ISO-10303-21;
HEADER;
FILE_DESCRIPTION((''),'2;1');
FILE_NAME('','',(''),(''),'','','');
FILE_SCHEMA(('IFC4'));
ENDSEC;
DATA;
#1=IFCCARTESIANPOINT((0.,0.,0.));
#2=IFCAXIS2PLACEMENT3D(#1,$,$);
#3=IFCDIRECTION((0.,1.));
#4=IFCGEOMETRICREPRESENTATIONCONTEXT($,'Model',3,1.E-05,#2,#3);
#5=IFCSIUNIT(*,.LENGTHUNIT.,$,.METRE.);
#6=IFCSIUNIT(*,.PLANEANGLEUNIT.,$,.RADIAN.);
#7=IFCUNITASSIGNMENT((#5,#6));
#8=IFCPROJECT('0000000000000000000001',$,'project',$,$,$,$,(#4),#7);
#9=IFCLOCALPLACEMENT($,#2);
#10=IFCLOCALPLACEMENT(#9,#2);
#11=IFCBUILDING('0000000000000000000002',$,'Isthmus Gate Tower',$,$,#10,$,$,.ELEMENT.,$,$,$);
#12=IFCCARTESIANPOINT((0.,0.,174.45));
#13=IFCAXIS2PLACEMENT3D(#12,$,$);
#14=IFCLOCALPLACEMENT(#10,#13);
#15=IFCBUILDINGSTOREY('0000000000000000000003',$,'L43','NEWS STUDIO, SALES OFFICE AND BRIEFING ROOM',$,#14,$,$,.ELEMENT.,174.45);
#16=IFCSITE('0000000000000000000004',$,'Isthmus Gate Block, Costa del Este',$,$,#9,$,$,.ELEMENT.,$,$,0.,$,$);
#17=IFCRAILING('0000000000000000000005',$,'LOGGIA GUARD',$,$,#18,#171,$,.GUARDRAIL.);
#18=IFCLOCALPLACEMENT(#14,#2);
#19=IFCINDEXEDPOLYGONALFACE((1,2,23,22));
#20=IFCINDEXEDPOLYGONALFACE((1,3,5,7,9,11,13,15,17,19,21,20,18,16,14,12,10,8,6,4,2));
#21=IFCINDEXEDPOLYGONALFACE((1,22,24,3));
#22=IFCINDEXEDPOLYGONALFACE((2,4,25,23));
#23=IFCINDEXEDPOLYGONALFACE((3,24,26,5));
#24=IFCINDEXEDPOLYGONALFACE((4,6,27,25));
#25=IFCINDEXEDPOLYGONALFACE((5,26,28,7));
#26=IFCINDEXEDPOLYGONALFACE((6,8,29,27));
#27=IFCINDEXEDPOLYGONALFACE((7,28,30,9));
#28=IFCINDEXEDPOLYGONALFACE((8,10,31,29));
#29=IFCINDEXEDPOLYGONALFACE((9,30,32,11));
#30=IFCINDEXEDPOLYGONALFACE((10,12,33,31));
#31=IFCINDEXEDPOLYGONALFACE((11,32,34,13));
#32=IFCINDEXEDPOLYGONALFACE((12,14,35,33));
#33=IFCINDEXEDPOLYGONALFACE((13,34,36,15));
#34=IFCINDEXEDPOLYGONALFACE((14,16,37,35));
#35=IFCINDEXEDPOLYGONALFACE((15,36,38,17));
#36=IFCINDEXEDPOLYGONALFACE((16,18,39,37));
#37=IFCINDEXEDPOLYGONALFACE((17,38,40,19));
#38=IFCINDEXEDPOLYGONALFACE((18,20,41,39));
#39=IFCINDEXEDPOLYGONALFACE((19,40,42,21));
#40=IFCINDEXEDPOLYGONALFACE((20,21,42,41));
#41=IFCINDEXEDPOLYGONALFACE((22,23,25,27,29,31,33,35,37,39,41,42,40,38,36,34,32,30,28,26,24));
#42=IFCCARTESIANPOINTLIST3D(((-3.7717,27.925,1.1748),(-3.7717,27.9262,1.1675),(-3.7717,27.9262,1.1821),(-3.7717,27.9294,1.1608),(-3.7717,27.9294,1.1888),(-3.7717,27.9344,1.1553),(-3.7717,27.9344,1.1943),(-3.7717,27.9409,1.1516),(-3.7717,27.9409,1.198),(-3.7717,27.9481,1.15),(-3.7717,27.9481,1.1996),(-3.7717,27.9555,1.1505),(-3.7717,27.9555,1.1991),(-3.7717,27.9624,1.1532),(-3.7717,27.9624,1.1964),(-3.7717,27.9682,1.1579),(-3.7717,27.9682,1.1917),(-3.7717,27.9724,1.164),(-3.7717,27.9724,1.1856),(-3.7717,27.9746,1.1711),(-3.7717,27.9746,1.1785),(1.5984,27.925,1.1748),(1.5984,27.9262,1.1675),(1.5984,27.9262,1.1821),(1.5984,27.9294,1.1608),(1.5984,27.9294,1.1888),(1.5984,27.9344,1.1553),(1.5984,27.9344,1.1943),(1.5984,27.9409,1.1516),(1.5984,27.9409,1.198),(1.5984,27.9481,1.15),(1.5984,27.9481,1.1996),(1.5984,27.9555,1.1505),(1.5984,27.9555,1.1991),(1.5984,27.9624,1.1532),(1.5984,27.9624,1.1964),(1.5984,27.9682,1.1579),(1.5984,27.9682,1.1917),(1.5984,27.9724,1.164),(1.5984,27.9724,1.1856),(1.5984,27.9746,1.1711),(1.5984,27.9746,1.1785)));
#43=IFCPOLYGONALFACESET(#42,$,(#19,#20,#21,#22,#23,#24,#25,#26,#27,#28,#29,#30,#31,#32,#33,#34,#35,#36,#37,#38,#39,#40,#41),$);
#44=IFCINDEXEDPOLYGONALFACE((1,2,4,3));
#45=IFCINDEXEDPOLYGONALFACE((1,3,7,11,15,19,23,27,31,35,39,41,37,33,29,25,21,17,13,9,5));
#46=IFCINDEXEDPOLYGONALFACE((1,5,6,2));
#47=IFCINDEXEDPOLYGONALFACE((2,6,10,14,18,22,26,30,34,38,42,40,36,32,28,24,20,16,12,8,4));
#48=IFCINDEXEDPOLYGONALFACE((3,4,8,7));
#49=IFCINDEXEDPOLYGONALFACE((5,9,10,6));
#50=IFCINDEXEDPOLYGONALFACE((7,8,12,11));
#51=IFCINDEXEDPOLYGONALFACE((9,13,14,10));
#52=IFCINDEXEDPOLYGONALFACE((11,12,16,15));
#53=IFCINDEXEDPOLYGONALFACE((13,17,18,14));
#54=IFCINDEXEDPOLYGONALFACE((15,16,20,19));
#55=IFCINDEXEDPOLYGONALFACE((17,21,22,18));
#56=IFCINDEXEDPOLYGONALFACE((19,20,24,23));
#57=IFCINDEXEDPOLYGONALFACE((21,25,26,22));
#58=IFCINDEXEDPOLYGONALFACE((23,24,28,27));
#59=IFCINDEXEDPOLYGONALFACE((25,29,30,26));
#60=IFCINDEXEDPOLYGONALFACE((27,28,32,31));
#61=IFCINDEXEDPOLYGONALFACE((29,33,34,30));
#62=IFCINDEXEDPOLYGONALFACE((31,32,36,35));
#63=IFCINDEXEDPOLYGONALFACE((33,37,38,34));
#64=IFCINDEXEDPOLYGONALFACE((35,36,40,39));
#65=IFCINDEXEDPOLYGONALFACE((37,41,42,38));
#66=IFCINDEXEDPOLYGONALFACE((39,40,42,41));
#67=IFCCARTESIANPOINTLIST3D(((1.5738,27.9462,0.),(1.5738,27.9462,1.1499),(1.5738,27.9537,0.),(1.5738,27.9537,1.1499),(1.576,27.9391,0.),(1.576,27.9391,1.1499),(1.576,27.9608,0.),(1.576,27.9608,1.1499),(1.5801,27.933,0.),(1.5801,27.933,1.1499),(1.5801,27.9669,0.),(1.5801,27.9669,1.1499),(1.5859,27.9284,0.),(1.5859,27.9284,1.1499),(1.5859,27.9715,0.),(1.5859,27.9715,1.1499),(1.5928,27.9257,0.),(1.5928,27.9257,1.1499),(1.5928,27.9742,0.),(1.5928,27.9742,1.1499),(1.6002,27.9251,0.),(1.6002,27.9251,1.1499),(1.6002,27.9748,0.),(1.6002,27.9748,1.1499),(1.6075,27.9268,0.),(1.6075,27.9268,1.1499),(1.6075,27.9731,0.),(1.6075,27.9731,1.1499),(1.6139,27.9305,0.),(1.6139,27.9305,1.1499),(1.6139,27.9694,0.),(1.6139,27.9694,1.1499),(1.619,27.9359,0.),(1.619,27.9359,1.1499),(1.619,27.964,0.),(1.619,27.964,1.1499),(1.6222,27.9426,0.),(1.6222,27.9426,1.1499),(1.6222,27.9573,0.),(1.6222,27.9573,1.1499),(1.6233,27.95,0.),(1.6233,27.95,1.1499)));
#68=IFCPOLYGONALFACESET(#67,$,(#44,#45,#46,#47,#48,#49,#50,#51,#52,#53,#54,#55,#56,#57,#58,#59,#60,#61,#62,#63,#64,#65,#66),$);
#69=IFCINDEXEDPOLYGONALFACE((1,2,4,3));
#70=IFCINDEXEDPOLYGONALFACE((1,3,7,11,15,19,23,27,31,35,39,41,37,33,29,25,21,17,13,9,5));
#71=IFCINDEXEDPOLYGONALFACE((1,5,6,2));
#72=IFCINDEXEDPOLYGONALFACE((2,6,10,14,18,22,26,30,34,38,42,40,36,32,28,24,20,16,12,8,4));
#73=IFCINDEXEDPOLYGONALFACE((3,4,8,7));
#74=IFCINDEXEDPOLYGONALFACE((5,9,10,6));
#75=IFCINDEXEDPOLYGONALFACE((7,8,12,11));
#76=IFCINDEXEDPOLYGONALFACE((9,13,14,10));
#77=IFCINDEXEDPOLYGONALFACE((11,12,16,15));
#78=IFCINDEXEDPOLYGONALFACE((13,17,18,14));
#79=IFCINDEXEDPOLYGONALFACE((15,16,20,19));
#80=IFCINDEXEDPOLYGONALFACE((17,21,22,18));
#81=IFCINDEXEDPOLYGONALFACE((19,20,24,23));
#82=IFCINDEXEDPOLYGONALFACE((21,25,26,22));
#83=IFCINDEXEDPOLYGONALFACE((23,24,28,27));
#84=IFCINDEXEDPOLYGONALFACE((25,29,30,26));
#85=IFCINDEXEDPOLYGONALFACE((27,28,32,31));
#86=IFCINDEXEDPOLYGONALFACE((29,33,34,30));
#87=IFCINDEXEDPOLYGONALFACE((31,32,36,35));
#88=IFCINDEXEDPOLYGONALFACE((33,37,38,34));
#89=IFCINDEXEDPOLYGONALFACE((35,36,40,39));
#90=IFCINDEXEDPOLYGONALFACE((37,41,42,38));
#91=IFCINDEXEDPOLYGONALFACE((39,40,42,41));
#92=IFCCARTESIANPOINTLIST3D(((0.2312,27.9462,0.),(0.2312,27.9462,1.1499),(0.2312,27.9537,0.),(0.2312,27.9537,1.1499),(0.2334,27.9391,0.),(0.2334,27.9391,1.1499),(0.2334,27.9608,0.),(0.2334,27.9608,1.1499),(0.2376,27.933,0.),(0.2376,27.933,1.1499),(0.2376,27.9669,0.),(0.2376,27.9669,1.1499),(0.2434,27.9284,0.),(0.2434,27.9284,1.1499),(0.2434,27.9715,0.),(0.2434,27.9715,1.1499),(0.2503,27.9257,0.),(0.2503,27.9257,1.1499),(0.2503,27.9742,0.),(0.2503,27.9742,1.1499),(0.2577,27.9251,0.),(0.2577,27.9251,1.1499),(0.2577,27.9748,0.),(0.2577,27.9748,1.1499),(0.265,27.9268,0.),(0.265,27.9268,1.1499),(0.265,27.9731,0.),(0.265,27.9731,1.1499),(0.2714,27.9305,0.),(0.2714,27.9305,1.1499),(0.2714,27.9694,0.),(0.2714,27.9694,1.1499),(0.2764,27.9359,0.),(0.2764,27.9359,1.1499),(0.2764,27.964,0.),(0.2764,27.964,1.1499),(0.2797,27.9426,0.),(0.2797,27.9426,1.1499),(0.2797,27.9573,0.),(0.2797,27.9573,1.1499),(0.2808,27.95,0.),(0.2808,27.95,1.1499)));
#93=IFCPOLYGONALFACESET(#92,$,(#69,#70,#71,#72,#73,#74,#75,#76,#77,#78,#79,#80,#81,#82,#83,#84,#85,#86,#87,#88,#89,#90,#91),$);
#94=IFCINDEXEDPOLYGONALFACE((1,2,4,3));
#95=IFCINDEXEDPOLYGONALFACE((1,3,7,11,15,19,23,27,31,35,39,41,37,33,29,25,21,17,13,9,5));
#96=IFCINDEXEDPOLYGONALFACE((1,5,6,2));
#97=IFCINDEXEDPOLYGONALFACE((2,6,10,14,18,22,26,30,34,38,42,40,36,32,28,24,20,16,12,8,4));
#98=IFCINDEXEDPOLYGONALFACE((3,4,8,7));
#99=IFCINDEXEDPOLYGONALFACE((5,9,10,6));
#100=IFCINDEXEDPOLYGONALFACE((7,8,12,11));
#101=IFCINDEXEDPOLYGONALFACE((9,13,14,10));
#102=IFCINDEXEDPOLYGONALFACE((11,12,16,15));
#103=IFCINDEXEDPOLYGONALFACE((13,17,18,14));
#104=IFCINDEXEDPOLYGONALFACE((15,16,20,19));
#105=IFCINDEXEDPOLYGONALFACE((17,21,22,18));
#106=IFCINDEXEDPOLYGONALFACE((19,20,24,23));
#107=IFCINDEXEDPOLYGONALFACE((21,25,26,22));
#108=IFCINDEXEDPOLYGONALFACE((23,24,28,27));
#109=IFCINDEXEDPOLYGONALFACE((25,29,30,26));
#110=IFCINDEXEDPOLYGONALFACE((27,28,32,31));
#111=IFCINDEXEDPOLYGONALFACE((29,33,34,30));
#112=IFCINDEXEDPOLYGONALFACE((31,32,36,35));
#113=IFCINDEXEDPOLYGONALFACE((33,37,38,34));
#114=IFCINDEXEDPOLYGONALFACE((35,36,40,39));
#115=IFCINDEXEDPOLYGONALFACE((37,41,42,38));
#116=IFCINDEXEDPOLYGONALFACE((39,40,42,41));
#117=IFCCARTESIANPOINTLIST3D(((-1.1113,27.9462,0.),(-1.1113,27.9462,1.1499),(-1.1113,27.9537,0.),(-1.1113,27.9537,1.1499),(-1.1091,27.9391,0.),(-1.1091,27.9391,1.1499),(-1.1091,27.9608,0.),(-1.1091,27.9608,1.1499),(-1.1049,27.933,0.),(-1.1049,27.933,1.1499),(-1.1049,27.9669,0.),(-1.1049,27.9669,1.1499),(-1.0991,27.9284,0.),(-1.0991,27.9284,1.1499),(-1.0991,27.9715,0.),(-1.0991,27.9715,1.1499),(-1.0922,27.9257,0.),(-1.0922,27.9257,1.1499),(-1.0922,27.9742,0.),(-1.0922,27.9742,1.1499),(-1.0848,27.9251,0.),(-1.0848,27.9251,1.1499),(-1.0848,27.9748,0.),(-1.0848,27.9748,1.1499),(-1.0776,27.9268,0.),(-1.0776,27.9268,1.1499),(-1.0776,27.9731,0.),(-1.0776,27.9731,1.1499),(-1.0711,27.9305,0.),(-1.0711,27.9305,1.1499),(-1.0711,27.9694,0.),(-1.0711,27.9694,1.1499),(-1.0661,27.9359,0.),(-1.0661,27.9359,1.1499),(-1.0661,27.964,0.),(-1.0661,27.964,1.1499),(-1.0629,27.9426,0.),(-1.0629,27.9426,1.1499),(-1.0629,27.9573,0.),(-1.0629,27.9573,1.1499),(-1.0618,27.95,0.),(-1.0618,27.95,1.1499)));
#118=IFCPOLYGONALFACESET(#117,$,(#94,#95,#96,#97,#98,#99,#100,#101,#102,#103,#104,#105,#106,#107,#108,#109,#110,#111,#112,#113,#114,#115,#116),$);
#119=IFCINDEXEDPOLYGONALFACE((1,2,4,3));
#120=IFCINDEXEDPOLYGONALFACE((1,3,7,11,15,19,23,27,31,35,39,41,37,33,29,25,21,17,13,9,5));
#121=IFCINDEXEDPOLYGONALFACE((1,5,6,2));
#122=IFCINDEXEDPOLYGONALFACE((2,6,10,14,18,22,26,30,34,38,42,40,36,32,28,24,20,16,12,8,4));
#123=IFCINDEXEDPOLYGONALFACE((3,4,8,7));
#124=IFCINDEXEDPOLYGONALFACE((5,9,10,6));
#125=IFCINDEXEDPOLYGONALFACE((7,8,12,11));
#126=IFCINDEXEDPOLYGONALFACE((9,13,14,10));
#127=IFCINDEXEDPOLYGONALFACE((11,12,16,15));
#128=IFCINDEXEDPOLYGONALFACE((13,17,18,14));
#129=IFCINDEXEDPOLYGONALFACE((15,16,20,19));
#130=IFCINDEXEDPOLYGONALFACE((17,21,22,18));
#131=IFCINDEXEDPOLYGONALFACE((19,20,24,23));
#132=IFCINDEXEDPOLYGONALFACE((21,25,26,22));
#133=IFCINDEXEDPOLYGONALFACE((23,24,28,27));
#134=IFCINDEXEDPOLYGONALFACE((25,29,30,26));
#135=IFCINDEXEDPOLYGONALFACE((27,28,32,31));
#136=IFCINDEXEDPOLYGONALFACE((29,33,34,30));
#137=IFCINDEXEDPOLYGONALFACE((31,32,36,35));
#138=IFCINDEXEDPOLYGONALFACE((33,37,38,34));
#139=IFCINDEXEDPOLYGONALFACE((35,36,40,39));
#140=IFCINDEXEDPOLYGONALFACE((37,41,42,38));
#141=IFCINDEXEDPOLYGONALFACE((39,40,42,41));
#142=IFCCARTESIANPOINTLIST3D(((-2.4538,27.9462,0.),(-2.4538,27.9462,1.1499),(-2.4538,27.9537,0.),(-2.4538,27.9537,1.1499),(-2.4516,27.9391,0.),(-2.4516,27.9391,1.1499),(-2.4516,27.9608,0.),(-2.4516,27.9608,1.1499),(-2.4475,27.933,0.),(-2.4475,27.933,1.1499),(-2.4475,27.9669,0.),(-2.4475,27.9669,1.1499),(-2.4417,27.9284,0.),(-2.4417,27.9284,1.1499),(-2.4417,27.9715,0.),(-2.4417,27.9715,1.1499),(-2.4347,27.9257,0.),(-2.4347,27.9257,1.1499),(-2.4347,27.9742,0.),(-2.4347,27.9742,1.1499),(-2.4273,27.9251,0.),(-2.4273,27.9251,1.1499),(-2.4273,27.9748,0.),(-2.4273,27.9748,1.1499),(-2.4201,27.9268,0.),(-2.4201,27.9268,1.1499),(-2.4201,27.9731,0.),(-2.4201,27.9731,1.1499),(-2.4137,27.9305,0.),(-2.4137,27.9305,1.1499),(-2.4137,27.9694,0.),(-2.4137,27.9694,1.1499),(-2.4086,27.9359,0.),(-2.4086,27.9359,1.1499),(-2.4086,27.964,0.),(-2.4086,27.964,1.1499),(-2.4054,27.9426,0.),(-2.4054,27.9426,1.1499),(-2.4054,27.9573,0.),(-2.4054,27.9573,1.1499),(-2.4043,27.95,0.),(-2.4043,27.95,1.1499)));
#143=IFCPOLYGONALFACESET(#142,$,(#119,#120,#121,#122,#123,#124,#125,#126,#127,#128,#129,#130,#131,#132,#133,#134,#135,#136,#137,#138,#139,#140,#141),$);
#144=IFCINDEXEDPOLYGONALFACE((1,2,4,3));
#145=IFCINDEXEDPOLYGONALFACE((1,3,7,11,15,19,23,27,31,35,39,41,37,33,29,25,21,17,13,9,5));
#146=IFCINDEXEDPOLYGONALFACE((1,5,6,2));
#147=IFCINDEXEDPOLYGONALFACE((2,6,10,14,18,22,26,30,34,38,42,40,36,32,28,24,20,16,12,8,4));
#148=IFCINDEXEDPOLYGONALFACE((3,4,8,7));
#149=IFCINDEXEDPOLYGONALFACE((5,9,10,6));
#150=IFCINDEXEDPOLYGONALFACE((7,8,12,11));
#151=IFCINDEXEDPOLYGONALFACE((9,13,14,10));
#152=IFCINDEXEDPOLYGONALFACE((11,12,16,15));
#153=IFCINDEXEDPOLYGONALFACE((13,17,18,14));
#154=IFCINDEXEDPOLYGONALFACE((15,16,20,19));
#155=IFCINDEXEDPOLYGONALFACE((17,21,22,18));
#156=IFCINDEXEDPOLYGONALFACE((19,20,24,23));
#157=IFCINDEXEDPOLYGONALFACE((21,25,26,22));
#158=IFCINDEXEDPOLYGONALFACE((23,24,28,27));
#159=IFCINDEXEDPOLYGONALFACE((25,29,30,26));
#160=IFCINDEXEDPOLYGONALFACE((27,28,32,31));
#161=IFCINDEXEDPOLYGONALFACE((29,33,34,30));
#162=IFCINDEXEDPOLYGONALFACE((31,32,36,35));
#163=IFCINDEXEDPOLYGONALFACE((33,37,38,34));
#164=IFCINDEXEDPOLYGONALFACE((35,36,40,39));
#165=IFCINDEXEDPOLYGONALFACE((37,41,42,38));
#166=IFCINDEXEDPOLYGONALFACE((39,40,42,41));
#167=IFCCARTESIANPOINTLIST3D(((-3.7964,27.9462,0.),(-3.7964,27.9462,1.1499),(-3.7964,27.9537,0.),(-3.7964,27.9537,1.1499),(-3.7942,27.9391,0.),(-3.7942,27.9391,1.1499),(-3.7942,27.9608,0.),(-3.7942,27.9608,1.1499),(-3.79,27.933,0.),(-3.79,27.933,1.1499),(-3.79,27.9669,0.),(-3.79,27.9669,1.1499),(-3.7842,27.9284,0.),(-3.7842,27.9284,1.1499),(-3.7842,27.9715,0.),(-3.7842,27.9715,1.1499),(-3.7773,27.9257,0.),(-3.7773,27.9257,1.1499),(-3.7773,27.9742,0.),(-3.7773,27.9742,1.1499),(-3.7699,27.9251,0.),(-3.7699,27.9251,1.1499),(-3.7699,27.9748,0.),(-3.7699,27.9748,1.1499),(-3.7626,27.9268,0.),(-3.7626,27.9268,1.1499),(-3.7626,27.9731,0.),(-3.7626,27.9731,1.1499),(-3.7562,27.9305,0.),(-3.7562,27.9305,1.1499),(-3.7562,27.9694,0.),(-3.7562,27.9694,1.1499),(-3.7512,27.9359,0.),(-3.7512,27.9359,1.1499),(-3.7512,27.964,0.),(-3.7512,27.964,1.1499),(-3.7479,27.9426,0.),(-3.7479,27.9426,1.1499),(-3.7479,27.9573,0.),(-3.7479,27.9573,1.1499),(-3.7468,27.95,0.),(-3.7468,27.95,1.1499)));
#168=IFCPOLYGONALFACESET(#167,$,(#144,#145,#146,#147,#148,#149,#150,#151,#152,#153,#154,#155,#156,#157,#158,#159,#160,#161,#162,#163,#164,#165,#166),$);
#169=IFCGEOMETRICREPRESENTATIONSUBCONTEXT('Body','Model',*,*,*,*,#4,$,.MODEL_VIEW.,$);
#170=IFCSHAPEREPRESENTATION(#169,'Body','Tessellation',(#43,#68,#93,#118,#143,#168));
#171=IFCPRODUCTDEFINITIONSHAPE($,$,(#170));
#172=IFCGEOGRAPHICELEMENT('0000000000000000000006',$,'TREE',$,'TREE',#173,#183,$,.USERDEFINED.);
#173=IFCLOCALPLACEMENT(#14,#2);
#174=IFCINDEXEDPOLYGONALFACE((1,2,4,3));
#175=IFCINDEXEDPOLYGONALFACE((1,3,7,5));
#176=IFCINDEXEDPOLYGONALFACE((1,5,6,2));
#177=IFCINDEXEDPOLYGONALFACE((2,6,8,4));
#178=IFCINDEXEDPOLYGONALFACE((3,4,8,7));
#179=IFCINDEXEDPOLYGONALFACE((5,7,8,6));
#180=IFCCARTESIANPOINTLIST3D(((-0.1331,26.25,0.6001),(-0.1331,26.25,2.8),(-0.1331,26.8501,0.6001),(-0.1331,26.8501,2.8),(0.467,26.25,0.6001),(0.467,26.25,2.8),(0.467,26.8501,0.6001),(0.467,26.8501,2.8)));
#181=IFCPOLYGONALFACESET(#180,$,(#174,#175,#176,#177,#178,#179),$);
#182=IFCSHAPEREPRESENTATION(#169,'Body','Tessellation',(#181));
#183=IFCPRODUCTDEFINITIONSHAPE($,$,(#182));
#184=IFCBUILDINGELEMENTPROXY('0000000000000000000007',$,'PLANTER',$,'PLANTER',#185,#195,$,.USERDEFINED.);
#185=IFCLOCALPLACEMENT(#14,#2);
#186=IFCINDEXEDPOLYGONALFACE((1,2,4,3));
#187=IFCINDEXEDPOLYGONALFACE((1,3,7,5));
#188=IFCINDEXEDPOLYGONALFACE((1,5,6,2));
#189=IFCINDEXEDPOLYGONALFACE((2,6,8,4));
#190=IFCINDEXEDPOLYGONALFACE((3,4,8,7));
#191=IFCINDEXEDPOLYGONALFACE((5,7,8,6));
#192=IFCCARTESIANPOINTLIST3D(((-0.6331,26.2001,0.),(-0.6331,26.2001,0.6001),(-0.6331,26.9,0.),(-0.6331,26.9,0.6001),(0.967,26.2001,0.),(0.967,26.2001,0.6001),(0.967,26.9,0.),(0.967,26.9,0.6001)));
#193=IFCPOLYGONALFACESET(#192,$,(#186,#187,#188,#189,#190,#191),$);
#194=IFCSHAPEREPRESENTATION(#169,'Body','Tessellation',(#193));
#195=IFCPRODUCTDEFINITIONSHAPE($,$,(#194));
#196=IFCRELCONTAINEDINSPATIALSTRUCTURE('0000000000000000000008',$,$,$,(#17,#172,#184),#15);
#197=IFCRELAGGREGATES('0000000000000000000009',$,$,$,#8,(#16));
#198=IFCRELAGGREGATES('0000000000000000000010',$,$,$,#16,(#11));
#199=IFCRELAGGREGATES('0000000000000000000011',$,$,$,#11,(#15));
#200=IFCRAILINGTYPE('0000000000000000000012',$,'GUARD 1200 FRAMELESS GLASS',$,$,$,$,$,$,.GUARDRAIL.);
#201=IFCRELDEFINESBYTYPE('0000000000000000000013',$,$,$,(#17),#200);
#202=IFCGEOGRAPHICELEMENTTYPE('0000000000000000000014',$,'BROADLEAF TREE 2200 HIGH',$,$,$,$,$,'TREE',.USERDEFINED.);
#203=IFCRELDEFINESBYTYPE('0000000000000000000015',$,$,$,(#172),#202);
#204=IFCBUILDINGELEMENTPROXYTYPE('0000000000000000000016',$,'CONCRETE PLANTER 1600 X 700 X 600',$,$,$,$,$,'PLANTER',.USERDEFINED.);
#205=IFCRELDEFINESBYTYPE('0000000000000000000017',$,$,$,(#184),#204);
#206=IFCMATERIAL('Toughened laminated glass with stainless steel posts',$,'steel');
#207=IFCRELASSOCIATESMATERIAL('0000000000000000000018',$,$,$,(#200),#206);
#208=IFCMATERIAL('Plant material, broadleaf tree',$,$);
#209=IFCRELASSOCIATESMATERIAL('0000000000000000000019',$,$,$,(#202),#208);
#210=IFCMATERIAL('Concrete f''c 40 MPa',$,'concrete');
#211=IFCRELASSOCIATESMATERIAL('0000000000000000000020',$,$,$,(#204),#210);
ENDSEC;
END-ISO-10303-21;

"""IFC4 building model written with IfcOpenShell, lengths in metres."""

from ifc_helpers import new_model, si_unit, direction, frame, origin, origin_2d, place, context, subcontext, project, spatial, rectangle, circle, extrude, material, type_object, element, save


model = new_model("IFC4")

# Units and contexts
model_context = context("Model", 3, precision=1e-05, world=origin(), true_north=direction((0.0, 1.0)))
body_context = subcontext(model_context, "Body", "Model", "MODEL_VIEW")
ifc_project = project(units=[si_unit("LENGTHUNIT", "METRE"), si_unit("PLANEANGLEUNIT", "RADIAN")], contexts=[model_context])

# Site, building, storey
site_placement = place(None, origin())
site = spatial("IfcSite", under=ifc_project, at=site_placement, Name="Isthmus Gate Block, Costa del Este", CompositionType="ELEMENT", RefElevation=0.0)
building_placement = place(site_placement, origin())
building = spatial("IfcBuilding", under=site, at=building_placement, Name="Isthmus Gate Tower", CompositionType="ELEMENT")
storey_placement = place(building_placement, frame((0.0, 0.0, 174.45)))
storey = spatial("IfcBuildingStorey", under=building, at=storey_placement, Name="L43", Description="NEWS STUDIO, SALES OFFICE AND BRIEFING ROOM", CompositionType="ELEMENT", Elevation=174.45)

# Railing
ifc_material_1 = material(Name="Toughened laminated glass with stainless steel posts", Category="steel")
railing_type = type_object("IfcRailingType", Name="GUARD 1200 FRAMELESS GLASS", PredefinedType="GUARDRAIL", material=ifc_material_1)
railing_placement = place(storey_placement, frame((1.5984, 27.95, 0.0)))
element("IfcRailing", 1, at=railing_placement, inside=storey, type_object=railing_type, Name="LOGGIA GUARD", PredefinedType="GUARDRAIL", context=body_context, shape_type="SweptSolid", body=[
    extrude(circle(Radius=0.0249, at=origin_2d()), frame((0.0, 0.0, 1.1748), z_axis=(-1.0, 0.0, 0.0), x_axis=(0.0, -1.0, 0.0)), (0.0, 0.0, 1.0), 5.3701),
    extrude(circle(Radius=0.0249, at=origin_2d()), origin(), (0.0, 0.0, 1.0), 1.1499),
    extrude(circle(Radius=0.0249, at=origin_2d()), frame((-1.3425, 0.0, 0.0)), (0.0, 0.0, 1.0), 1.1499),
    extrude(circle(Radius=0.0249, at=origin_2d()), frame((-2.6851, 0.0, 0.0)), (0.0, 0.0, 1.0), 1.1499),
    extrude(circle(Radius=0.0249, at=origin_2d()), frame((-4.0276, 0.0, 0.0)), (0.0, 0.0, 1.0), 1.1499),
    extrude(circle(Radius=0.0249, at=origin_2d()), frame((-5.3701, 0.0, 0.0)), (0.0, 0.0, 1.0), 1.1499),
])

# Geographic element
ifc_material_2 = material(Name="Plant material, broadleaf tree")
geographic_element_type = type_object("IfcGeographicElementType", Name="BROADLEAF TREE 2200 HIGH", ElementType="TREE", PredefinedType="USERDEFINED", material=ifc_material_2)
geographic_element_placement = place(storey_placement, frame((0.167, 26.55, 0.6001), z_axis=(0.0, 0.0, 1.0), x_axis=(-1.0, 0.0, 0.0)))
element("IfcGeographicElement", 2, at=geographic_element_placement, inside=storey, type_object=geographic_element_type, Name="TREE", ObjectType="TREE", PredefinedType="USERDEFINED", context=body_context, shape_type="SweptSolid", body=[
    extrude(rectangle(XDim=0.6001, YDim=0.6001, at=origin_2d()), origin(), (0.0, 0.0, 1.0), 2.2),
])

# Building element proxy
ifc_material_3 = material(Name="Concrete f'c 40 MPa", Category="concrete")
building_element_proxy_type = type_object("IfcBuildingElementProxyType", Name="CONCRETE PLANTER 1600 X 700 X 600", ElementType="PLANTER", PredefinedType="USERDEFINED", material=ifc_material_3)
proxy_placement = place(storey_placement, frame((0.167, 26.55, 0.0), z_axis=(0.0, 0.0, 1.0), x_axis=(-1.0, 0.0, 0.0)))
element("IfcBuildingElementProxy", 3, at=proxy_placement, inside=storey, type_object=building_element_proxy_type, Name="PLANTER", ObjectType="PLANTER", PredefinedType="USERDEFINED", context=body_context, shape_type="SweptSolid", body=[
    extrude(rectangle(XDim=1.6001, YDim=0.7, at=origin_2d()), origin(), (0.0, 0.0, 1.0), 0.6001),
])

save(model, "model.ifc")
